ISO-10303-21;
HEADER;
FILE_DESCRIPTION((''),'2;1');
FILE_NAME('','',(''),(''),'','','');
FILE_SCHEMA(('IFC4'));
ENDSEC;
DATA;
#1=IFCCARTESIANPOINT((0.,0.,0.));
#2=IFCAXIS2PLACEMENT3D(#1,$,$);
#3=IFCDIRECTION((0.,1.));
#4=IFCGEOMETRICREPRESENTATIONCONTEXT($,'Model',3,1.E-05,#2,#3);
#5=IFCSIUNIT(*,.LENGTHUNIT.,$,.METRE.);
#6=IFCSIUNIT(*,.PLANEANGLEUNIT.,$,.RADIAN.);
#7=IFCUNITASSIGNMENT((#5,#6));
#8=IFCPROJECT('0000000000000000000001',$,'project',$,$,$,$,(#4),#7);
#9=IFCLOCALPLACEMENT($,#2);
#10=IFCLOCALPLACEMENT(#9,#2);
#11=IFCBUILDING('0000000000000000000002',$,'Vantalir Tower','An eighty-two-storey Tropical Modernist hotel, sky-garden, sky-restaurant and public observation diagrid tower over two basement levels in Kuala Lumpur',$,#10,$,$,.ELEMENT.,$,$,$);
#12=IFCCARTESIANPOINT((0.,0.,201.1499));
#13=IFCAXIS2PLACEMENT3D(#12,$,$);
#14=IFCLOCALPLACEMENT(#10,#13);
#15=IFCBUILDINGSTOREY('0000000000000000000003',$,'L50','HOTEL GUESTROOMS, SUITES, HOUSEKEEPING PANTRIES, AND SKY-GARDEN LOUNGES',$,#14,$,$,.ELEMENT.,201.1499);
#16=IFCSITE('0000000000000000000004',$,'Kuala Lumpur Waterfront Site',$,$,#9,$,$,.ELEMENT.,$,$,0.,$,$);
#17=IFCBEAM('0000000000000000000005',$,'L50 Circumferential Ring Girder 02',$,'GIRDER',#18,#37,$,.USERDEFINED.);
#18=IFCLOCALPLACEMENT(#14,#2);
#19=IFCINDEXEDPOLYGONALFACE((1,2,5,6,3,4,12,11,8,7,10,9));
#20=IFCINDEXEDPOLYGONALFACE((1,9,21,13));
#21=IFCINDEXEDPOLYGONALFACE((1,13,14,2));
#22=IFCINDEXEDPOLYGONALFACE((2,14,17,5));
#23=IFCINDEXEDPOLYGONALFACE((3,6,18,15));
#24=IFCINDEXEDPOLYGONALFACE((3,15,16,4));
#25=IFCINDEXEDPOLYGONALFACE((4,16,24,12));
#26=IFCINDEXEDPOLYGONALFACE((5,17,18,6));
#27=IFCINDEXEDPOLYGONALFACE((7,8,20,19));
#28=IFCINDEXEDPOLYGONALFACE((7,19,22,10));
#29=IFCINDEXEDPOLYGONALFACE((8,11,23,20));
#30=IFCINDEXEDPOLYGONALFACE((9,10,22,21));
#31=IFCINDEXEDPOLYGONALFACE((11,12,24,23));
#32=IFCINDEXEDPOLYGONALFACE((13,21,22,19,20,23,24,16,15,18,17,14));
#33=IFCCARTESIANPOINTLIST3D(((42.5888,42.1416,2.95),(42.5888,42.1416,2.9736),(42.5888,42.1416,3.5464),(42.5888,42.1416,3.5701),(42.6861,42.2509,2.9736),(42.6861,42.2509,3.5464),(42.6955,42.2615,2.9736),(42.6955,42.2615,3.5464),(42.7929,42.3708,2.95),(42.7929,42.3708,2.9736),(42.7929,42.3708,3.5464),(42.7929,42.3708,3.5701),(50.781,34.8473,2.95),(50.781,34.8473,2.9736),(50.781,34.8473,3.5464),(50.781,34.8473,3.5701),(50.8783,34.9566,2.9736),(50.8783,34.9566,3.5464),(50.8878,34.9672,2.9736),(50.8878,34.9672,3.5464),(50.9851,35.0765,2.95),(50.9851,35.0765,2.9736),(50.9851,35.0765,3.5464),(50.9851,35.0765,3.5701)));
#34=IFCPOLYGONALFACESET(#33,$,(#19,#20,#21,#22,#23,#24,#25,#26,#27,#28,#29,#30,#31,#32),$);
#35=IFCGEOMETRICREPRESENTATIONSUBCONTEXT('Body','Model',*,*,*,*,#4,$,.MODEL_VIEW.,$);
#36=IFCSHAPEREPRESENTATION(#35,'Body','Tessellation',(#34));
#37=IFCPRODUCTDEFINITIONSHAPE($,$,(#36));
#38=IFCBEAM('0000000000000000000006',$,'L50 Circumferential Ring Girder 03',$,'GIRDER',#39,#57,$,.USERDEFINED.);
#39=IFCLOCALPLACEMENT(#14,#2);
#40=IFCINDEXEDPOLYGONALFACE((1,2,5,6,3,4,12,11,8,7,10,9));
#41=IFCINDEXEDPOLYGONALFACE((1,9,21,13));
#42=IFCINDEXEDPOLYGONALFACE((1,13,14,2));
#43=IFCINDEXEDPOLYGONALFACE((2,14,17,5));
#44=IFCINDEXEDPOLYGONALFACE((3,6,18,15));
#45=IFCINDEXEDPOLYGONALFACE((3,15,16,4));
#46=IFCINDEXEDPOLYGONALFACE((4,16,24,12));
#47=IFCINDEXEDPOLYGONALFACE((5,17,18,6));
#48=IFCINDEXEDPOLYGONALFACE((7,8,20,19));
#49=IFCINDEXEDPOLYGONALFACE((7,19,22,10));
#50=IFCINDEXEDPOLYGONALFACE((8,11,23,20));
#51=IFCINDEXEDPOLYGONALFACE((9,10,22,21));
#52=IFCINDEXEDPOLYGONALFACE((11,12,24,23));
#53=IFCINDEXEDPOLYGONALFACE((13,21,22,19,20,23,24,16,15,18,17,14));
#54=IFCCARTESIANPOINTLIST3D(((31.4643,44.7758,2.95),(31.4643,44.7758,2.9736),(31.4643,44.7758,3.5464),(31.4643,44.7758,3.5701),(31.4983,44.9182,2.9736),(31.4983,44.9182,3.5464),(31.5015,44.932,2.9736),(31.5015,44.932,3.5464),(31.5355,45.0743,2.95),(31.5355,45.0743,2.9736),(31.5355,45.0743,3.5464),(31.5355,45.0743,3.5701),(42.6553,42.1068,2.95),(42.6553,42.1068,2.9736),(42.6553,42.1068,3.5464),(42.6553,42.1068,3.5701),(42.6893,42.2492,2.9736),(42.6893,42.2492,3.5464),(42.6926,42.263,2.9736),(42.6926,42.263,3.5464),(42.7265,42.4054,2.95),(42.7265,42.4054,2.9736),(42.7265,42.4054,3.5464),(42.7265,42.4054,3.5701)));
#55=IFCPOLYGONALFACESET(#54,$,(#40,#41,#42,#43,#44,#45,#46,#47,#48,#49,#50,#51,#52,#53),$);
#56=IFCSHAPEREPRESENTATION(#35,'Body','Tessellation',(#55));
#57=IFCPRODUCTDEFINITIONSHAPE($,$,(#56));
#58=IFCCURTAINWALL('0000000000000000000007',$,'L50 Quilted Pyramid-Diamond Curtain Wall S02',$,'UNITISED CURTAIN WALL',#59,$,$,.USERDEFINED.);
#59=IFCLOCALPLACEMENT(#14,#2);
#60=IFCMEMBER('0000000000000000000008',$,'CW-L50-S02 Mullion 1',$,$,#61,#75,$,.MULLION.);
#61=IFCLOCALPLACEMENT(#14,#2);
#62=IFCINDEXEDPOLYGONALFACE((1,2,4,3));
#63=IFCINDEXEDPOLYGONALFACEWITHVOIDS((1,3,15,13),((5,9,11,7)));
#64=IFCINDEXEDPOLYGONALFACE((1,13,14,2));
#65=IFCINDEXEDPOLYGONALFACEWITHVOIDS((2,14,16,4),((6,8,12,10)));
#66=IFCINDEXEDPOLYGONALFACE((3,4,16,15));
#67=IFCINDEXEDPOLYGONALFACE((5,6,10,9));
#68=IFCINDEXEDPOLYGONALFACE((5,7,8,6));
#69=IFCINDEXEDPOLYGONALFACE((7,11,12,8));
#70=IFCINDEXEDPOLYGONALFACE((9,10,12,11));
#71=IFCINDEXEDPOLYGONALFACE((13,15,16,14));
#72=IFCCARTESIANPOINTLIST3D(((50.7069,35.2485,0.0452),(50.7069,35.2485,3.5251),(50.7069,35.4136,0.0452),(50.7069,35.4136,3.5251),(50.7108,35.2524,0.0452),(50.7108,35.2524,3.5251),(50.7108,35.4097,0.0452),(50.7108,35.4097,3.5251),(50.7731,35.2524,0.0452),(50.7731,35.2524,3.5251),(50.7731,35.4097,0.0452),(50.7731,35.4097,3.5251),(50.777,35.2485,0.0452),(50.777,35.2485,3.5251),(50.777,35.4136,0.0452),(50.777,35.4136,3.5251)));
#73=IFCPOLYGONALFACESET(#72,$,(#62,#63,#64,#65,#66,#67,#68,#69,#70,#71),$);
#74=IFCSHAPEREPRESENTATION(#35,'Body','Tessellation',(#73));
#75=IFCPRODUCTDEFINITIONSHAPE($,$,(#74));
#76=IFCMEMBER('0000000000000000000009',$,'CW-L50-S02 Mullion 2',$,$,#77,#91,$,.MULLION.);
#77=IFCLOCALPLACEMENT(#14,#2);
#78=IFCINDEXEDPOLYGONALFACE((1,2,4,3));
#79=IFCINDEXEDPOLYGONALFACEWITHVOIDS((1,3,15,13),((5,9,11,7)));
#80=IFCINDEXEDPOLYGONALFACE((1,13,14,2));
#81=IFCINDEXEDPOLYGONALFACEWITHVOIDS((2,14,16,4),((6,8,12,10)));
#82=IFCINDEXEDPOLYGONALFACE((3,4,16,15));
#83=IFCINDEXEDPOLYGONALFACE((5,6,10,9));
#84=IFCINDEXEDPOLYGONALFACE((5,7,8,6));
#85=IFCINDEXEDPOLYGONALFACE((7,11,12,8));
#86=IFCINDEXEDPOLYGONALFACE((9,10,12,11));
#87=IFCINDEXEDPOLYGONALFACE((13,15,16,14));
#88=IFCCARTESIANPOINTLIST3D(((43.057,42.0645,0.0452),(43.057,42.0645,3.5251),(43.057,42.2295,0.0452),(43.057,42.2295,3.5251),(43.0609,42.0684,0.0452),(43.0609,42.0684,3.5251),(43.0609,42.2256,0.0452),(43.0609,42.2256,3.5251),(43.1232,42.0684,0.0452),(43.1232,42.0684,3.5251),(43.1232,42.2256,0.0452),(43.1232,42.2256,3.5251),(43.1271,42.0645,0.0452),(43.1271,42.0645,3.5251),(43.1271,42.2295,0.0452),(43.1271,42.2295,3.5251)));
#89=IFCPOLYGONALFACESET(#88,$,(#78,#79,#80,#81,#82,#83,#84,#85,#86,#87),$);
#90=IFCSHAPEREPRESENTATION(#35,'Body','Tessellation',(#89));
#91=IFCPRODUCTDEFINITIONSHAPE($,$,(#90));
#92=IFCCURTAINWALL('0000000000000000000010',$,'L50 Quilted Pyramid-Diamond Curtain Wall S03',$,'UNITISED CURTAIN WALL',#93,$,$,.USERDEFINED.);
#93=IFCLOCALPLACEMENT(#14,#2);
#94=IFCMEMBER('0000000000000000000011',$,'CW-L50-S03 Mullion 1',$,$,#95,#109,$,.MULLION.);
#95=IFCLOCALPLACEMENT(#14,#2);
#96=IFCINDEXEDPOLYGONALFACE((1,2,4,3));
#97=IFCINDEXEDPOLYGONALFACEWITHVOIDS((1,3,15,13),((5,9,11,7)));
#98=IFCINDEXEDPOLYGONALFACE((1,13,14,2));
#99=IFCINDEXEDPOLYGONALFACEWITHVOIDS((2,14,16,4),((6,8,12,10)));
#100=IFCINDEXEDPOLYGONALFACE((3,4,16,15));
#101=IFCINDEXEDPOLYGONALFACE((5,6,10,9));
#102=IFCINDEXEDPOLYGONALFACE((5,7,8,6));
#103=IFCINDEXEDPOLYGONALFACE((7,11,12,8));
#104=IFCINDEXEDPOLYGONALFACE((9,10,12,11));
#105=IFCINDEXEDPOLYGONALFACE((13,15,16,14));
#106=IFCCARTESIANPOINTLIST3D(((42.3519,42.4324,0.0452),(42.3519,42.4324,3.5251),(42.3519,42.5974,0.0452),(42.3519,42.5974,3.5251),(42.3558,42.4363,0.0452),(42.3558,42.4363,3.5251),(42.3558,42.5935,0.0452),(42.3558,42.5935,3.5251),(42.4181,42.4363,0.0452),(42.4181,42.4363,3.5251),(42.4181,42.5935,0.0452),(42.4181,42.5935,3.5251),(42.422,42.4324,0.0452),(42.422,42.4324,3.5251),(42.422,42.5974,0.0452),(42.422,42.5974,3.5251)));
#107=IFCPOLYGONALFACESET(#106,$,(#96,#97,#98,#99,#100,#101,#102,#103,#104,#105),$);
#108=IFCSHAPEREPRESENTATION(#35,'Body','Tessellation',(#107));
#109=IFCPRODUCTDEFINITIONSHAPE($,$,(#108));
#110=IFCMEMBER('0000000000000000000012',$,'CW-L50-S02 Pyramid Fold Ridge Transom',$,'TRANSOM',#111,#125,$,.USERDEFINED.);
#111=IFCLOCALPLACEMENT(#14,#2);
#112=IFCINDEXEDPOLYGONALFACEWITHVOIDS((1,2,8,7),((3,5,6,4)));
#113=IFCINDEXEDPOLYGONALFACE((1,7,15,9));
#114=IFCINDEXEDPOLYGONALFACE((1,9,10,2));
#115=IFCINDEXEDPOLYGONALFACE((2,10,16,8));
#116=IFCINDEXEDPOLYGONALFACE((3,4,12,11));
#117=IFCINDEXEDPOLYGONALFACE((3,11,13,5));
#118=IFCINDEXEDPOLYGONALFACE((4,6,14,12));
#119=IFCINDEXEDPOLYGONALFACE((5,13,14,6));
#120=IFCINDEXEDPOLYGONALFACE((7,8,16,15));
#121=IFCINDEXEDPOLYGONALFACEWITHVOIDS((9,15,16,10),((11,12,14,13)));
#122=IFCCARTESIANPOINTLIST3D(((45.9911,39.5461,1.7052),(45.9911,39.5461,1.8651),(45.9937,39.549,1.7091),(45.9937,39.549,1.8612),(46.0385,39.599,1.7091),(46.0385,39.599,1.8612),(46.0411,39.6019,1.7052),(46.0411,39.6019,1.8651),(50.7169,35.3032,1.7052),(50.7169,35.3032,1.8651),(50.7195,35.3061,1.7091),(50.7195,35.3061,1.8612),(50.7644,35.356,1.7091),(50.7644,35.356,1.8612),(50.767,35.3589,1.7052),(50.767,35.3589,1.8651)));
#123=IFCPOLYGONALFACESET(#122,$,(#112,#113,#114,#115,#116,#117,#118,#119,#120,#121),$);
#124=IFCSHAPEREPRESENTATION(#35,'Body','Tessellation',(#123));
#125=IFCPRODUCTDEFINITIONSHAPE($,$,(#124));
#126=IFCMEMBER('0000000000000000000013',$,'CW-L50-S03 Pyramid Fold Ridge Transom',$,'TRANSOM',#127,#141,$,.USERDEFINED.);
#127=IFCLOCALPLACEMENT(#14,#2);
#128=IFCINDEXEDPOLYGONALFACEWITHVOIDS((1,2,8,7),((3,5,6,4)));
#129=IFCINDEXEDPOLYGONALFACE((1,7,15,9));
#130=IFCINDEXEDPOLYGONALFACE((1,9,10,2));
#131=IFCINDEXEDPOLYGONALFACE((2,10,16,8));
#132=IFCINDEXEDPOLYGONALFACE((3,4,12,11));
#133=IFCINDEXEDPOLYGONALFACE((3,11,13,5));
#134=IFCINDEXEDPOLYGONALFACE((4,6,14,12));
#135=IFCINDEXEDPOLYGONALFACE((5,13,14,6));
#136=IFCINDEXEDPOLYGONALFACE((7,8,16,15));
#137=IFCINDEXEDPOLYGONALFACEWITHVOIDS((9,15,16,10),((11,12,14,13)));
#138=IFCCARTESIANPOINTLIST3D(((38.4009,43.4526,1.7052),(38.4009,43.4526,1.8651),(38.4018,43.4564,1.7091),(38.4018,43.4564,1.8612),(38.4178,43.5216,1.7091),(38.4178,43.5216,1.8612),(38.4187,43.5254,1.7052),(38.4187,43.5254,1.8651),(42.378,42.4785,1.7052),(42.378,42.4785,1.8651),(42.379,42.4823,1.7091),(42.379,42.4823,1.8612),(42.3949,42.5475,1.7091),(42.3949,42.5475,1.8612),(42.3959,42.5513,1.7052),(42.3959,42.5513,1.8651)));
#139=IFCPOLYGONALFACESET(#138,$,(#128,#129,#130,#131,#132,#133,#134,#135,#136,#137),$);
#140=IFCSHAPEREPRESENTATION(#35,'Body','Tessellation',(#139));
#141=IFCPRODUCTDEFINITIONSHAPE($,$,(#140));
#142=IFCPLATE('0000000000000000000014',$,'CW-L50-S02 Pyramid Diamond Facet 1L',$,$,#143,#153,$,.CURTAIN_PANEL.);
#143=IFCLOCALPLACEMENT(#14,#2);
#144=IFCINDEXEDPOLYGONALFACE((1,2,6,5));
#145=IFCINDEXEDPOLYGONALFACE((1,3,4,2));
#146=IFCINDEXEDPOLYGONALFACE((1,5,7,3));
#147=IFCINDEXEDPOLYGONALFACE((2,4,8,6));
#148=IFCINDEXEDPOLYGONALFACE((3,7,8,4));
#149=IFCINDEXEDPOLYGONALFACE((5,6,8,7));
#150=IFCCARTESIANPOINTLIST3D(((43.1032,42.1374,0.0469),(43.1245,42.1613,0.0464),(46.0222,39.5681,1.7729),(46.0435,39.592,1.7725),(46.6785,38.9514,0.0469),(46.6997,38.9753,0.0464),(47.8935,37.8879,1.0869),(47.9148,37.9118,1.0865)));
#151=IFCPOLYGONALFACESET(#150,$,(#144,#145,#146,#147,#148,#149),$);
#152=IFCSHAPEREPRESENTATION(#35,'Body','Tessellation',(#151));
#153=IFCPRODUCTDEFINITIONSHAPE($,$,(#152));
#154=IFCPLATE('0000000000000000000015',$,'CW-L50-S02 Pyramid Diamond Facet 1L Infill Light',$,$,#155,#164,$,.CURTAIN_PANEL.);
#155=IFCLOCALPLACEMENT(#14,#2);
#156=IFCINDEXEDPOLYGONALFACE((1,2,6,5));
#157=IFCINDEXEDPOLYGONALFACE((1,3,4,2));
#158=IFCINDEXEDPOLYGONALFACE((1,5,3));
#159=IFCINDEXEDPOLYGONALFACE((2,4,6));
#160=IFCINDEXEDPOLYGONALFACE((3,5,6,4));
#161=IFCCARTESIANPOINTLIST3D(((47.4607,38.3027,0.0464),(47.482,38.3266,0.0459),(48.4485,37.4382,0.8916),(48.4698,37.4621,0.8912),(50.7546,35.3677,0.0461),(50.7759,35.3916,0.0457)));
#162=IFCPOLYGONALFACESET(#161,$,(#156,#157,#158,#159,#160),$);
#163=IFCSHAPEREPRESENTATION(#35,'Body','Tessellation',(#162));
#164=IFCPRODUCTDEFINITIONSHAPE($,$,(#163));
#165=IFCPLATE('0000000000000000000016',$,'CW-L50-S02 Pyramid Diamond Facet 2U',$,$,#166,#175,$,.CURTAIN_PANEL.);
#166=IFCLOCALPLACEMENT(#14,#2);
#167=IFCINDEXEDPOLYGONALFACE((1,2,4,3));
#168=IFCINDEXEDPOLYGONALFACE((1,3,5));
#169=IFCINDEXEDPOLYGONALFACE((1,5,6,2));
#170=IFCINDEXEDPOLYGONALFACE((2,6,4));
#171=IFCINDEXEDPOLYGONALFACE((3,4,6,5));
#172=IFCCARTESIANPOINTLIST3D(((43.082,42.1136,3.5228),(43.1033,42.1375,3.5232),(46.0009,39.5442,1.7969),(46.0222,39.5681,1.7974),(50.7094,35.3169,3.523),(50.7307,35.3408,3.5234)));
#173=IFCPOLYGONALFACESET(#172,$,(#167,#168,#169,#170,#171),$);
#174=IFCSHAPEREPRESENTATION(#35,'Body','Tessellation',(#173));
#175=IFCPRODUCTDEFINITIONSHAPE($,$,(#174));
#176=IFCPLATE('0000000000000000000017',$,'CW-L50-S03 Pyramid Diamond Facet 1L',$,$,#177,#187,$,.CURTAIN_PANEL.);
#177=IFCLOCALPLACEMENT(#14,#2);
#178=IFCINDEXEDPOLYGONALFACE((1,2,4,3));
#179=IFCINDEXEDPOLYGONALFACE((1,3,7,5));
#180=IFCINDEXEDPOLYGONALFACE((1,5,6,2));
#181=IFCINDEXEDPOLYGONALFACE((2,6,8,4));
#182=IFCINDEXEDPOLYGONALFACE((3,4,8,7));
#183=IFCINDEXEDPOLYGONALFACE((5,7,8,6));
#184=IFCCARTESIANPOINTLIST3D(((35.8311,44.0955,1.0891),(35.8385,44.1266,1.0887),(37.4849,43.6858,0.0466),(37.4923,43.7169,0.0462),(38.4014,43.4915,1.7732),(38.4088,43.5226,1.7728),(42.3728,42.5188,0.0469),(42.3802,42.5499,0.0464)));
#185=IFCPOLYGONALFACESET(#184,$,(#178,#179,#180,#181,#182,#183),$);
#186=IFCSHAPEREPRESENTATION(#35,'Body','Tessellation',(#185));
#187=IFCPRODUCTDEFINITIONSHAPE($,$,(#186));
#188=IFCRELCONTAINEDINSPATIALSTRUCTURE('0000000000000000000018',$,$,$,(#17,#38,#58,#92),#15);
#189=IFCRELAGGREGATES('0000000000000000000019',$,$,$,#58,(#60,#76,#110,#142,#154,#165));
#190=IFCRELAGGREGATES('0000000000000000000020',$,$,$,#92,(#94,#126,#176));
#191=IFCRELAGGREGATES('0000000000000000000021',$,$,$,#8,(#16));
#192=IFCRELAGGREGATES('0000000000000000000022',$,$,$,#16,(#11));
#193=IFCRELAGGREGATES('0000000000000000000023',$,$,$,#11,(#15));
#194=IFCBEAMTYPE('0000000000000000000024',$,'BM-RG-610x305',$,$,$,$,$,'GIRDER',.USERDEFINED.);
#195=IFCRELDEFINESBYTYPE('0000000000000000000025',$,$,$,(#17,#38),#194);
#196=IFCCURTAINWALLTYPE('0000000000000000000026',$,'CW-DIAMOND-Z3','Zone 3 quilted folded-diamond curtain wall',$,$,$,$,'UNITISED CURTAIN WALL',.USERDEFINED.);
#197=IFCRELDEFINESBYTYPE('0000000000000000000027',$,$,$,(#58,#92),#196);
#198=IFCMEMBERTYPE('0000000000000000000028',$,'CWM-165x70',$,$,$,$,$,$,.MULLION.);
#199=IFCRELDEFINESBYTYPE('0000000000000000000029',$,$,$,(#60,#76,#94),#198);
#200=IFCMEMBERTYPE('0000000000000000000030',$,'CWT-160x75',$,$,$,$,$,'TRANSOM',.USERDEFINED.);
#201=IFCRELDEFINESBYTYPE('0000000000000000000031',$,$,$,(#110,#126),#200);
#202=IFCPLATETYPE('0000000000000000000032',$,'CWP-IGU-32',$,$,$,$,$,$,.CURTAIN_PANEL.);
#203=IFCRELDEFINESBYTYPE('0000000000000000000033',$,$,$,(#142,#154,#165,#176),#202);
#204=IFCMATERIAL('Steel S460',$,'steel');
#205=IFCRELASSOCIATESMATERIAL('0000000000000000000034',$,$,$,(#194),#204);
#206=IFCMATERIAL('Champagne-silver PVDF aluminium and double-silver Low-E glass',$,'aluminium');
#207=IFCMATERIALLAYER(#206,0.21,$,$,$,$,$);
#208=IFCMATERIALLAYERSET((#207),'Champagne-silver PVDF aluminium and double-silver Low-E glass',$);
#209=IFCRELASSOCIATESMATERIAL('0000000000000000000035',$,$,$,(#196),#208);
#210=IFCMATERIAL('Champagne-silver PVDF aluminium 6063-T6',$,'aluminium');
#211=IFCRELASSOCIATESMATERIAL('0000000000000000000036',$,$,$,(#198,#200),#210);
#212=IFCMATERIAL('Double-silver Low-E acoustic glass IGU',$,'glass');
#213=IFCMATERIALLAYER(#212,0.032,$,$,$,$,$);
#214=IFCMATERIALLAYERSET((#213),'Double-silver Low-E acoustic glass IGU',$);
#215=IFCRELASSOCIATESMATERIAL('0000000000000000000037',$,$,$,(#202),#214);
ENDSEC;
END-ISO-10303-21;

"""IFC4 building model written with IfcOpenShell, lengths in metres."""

from ifc_helpers import new_model, si_unit, direction, frame, origin, origin_2d, place, context, subcontext, project, spatial, polyline, hollow_rectangle, i_section, outline, extrude, material, layer, layer_set, material_profile, profile_set, type_object, element, aggregate, save


model = new_model("IFC4")

# Units and contexts
model_context = context("Model", 3, precision=1e-05, world=origin(), true_north=direction((0.0, 1.0)))
body_context = subcontext(model_context, "Body", "Model", "MODEL_VIEW")
ifc_project = project(units=[si_unit("LENGTHUNIT", "METRE"), si_unit("PLANEANGLEUNIT", "RADIAN")], contexts=[model_context])

# Site, building, storey
site_placement = place(None, origin())
site = spatial("IfcSite", under=ifc_project, at=site_placement, Name="Kuala Lumpur Waterfront Site", CompositionType="ELEMENT", RefElevation=0.0)
building_placement = place(site_placement, origin())
building = spatial("IfcBuilding", under=site, at=building_placement, Name="Vantalir Tower", Description="An eighty-two-storey Tropical Modernist hotel, sky-garden, sky-restaurant and public observation diagrid tower over two basement levels in Kuala Lumpur", CompositionType="ELEMENT")
storey_placement = place(building_placement, frame((0.0, 0.0, 201.1499)))
storey = spatial("IfcBuildingStorey", under=building, at=storey_placement, Name="L50", Description="HOTEL GUESTROOMS, SUITES, HOUSEKEEPING PANTRIES, AND SKY-GARDEN LOUNGES", CompositionType="ELEMENT", Elevation=201.1499)

# Shared definitions
ifc_material_1 = material(Name="Steel S460", Category="steel")

# Beams
ifc_material_profile_1 = material_profile(ifc_material_1, i_section(OverallWidth=0.3069, OverallDepth=0.6201, WebThickness=0.0142, FlangeThickness=0.0237, at=origin_2d()), Name="Steel S460")
ifc_profile_set_1 = profile_set([ifc_material_profile_1], Name="Steel S460")
beam_type_1 = type_object("IfcBeamType", Name="BM-RG-610x305", ElementType="GIRDER", PredefinedType="USERDEFINED", material=ifc_profile_set_1)
beam_1_placement = place(storey_placement, frame((50.8831, 34.9619, 3.26), z_axis=(-0.746853, 0.664989, 0.0), x_axis=(-0.664989, -0.746853, 0.0)))
element("IfcBeam", 1, at=beam_1_placement, inside=storey, type_object=beam_type_1, Name="L50 Circumferential Ring Girder 02", ObjectType="GIRDER", PredefinedType="USERDEFINED", context=body_context, shape_type="SweptSolid", body=[
    extrude(i_section(OverallWidth=0.3069, OverallDepth=0.6201, WebThickness=0.0142, FlangeThickness=0.0237, at=origin_2d()), origin(), (0.0, 0.0, 1.0), 10.969),
])
beam_2_placement = place(storey_placement, frame((42.6909, 42.2561, 3.26), z_axis=(-0.972719, 0.231986, 0.0), x_axis=(-0.231986, -0.972719, 0.0)))
element("IfcBeam", 2, at=beam_2_placement, inside=storey, type_object=beam_type_1, Name="L50 Circumferential Ring Girder 03", ObjectType="GIRDER", PredefinedType="USERDEFINED", context=body_context, shape_type="SweptSolid", body=[
    extrude(i_section(OverallWidth=0.3069, OverallDepth=0.6201, WebThickness=0.0142, FlangeThickness=0.0237, at=origin_2d()), origin(), (0.0, 0.0, 1.0), 11.5049),
])

# Curtain wall, members
ifc_material_2 = material(Name="Champagne-silver PVDF aluminium and double-silver Low-E glass", Category="aluminium")
ifc_layer_1 = layer(ifc_material_2, 0.21)
ifc_layer_set_1 = layer_set([ifc_layer_1], Name="Champagne-silver PVDF aluminium and double-silver Low-E glass")
curtain_wall_type = type_object("IfcCurtainWallType", Name="CW-DIAMOND-Z3", Description="Zone 3 quilted folded-diamond curtain wall", ElementType="UNITISED CURTAIN WALL", PredefinedType="USERDEFINED", material=ifc_layer_set_1)
curtain_wall_1_placement = place(storey_placement, origin())
curtain_wall_1 = element("IfcCurtainWall", 3, at=curtain_wall_1_placement, inside=storey, type_object=curtain_wall_type, Name="L50 Quilted Pyramid-Diamond Curtain Wall S02", ObjectType="UNITISED CURTAIN WALL", PredefinedType="USERDEFINED")
ifc_material_3 = material(Name="Champagne-silver PVDF aluminium 6063-T6", Category="aluminium")
ifc_material_profile_2 = material_profile(ifc_material_3, hollow_rectangle(XDim=0.0701, YDim=0.165, WallThickness=0.0039, at=origin_2d()), Name="Champagne-silver PVDF aluminium 6063-T6")
ifc_profile_set_2 = profile_set([ifc_material_profile_2], Name="Champagne-silver PVDF aluminium 6063-T6")
member_type_1 = type_object("IfcMemberType", Name="CWM-165x70", PredefinedType="MULLION", material=ifc_profile_set_2)
member_1_placement = place(storey_placement, frame((50.7419, 35.3311, 0.0452), z_axis=(0.0, 0.0, 1.0), x_axis=(1.0, 0.0, 0.0)))
member_1 = element("IfcMember", 4, at=member_1_placement, type_object=member_type_1, Name="CW-L50-S02 Mullion 1", PredefinedType="MULLION", context=body_context, shape_type="SweptSolid", body=[
    extrude(hollow_rectangle(XDim=0.0701, YDim=0.165, WallThickness=0.0039, at=origin_2d()), origin(), (0.0, 0.0, 1.0), 3.48),
])
member_2_placement = place(storey_placement, frame((43.092, 42.147, 0.0452), z_axis=(0.0, 0.0, 1.0), x_axis=(1.0, 0.0, 0.0)))
member_2 = element("IfcMember", 5, at=member_2_placement, type_object=member_type_1, Name="CW-L50-S02 Mullion 2", PredefinedType="MULLION", context=body_context, shape_type="SweptSolid", body=[
    extrude(hollow_rectangle(XDim=0.0701, YDim=0.165, WallThickness=0.0039, at=origin_2d()), origin(), (0.0, 0.0, 1.0), 3.48),
])

# Curtain wall, member
curtain_wall_2_placement = place(storey_placement, origin())
curtain_wall_2 = element("IfcCurtainWall", 6, at=curtain_wall_2_placement, inside=storey, type_object=curtain_wall_type, Name="L50 Quilted Pyramid-Diamond Curtain Wall S03", ObjectType="UNITISED CURTAIN WALL", PredefinedType="USERDEFINED")
member_3_placement = place(storey_placement, frame((42.387, 42.5149, 0.0452), z_axis=(0.0, 0.0, 1.0), x_axis=(1.0, 0.0, 0.0)))
member_3 = element("IfcMember", 7, at=member_3_placement, type_object=member_type_1, Name="CW-L50-S03 Mullion 1", PredefinedType="MULLION", context=body_context, shape_type="SweptSolid", body=[
    extrude(hollow_rectangle(XDim=0.0701, YDim=0.165, WallThickness=0.0039, at=origin_2d()), origin(), (0.0, 0.0, 1.0), 3.48),
])

# Members
ifc_material_profile_3 = material_profile(ifc_material_3, hollow_rectangle(XDim=0.075, YDim=0.1599, WallThickness=0.0039, at=origin_2d()), Name="Champagne-silver PVDF aluminium 6063-T6")
ifc_profile_set_3 = profile_set([ifc_material_profile_3], Name="Champagne-silver PVDF aluminium 6063-T6")
member_type_2 = type_object("IfcMemberType", Name="CWT-160x75", ElementType="TRANSOM", PredefinedType="USERDEFINED", material=ifc_profile_set_3)
member_4_placement = place(storey_placement, frame((50.7419, 35.3311, 1.7852), z_axis=(-0.744102, 0.668066, 0.0), x_axis=(-0.668066, -0.744102, 0.0)))
member_4 = element("IfcMember", 8, at=member_4_placement, type_object=member_type_2, Name="CW-L50-S02 Pyramid Fold Ridge Transom", ObjectType="TRANSOM", PredefinedType="USERDEFINED", context=body_context, shape_type="SweptSolid", body=[
    extrude(hollow_rectangle(XDim=0.075, YDim=0.1599, WallThickness=0.0039, at=origin_2d()), origin(), (0.0, 0.0, 1.0), 6.3511),
])
member_5_placement = place(storey_placement, frame((42.387, 42.5149, 1.7852), z_axis=(-0.971289, 0.237903, 0.0), x_axis=(-0.237903, -0.971289, 0.0)))
member_5 = element("IfcMember", 9, at=member_5_placement, type_object=member_type_2, Name="CW-L50-S03 Pyramid Fold Ridge Transom", ObjectType="TRANSOM", PredefinedType="USERDEFINED", context=body_context, shape_type="SweptSolid", body=[
    extrude(hollow_rectangle(XDim=0.075, YDim=0.1599, WallThickness=0.0039, at=origin_2d()), origin(), (0.0, 0.0, 1.0), 4.0947),
])

# Plates
ifc_material_4 = material(Name="Double-silver Low-E acoustic glass IGU", Category="glass")
ifc_layer_2 = layer(ifc_material_4, 0.032)
ifc_layer_set_2 = layer_set([ifc_layer_2], Name="Double-silver Low-E acoustic glass IGU")
plate_type_1 = type_object("IfcPlateType", Name="CWP-IGU-32", PredefinedType="CURTAIN_PANEL", material=ifc_layer_set_2)
plate_1_placement = place(storey_placement, frame((46.6785, 38.9514, 0.0469), z_axis=(-0.665232, -0.746509, 0.013796), x_axis=(-0.74658, 0.665295, 0.0)))
plate_1 = element("IfcPlate", 10, at=plate_1_placement, type_object=plate_type_1, Name="CW-L50-S02 Pyramid Diamond Facet 1L", PredefinedType="CURTAIN_PANEL", context=body_context, shape_type="SweptSolid", body=[
    extrude(outline(polyline([(0.0, 0.0), (4.7888, 0.0), (0.9002, -1.7262), (-1.6147, -1.0401), (0.0, 0.0)])), origin(), (0.0, 0.0, -1.0), 0.032),
])
plate_2_placement = place(storey_placement, frame((50.7546, 35.3677, 0.0461), z_axis=(-0.665199, -0.746538, 0.013837), x_axis=(-0.746609, 0.665263, 0.000055)))
plate_2 = element("IfcPlate", 11, at=plate_2_placement, type_object=plate_type_1, Name="CW-L50-S02 Pyramid Diamond Facet 1L Infill Light", PredefinedType="CURTAIN_PANEL", context=body_context, shape_type="SweptSolid", body=[
    extrude(outline(polyline([(0.0, 0.0), (4.4119, 0.0), (3.0993, -0.8454), (0.0, 0.0)])), origin(), (0.0, 0.0, -1.0), 0.032),
])
plate_3_placement = place(storey_placement, frame((43.1033, 42.1375, 3.5232), z_axis=(0.665213, 0.746528, 0.013697), x_axis=(0.746598, -0.665276, 0.000024)))
plate_3 = element("IfcPlate", 12, at=plate_3_placement, type_object=plate_type_1, Name="CW-L50-S02 Pyramid Diamond Facet 2U", PredefinedType="CURTAIN_PANEL", context=body_context, shape_type="SweptSolid", body=[
    extrude(outline(polyline([(0.0, 0.0), (10.2163, 0.0), (3.8886, 1.7261), (0.0, 0.0)])), origin(), (0.0, 0.0, -1.0), 0.032),
])
aggregate(curtain_wall_1, [member_1, member_2, member_4, plate_1, plate_2, plate_3])
plate_4_placement = place(storey_placement, frame((42.3728, 42.5188, 0.0469), z_axis=(-0.232206, -0.972569, 0.013792), x_axis=(-0.972661, 0.232228, -0.000049)))
plate_4 = element("IfcPlate", 13, at=plate_4_placement, type_object=plate_type_1, Name="CW-L50-S03 Pyramid Diamond Facet 1L", PredefinedType="CURTAIN_PANEL", context=body_context, shape_type="SweptSolid", body=[
    extrude(outline(polyline([(0.0, 0.0), (5.0253, 0.0), (6.729, -1.0427), (4.0887, -1.7267), (0.0, 0.0)])), origin(), (0.0, 0.0, -1.0), 0.032),
])
aggregate(curtain_wall_2, [member_3, member_5, plate_4])

save(model, "model.ifc")
